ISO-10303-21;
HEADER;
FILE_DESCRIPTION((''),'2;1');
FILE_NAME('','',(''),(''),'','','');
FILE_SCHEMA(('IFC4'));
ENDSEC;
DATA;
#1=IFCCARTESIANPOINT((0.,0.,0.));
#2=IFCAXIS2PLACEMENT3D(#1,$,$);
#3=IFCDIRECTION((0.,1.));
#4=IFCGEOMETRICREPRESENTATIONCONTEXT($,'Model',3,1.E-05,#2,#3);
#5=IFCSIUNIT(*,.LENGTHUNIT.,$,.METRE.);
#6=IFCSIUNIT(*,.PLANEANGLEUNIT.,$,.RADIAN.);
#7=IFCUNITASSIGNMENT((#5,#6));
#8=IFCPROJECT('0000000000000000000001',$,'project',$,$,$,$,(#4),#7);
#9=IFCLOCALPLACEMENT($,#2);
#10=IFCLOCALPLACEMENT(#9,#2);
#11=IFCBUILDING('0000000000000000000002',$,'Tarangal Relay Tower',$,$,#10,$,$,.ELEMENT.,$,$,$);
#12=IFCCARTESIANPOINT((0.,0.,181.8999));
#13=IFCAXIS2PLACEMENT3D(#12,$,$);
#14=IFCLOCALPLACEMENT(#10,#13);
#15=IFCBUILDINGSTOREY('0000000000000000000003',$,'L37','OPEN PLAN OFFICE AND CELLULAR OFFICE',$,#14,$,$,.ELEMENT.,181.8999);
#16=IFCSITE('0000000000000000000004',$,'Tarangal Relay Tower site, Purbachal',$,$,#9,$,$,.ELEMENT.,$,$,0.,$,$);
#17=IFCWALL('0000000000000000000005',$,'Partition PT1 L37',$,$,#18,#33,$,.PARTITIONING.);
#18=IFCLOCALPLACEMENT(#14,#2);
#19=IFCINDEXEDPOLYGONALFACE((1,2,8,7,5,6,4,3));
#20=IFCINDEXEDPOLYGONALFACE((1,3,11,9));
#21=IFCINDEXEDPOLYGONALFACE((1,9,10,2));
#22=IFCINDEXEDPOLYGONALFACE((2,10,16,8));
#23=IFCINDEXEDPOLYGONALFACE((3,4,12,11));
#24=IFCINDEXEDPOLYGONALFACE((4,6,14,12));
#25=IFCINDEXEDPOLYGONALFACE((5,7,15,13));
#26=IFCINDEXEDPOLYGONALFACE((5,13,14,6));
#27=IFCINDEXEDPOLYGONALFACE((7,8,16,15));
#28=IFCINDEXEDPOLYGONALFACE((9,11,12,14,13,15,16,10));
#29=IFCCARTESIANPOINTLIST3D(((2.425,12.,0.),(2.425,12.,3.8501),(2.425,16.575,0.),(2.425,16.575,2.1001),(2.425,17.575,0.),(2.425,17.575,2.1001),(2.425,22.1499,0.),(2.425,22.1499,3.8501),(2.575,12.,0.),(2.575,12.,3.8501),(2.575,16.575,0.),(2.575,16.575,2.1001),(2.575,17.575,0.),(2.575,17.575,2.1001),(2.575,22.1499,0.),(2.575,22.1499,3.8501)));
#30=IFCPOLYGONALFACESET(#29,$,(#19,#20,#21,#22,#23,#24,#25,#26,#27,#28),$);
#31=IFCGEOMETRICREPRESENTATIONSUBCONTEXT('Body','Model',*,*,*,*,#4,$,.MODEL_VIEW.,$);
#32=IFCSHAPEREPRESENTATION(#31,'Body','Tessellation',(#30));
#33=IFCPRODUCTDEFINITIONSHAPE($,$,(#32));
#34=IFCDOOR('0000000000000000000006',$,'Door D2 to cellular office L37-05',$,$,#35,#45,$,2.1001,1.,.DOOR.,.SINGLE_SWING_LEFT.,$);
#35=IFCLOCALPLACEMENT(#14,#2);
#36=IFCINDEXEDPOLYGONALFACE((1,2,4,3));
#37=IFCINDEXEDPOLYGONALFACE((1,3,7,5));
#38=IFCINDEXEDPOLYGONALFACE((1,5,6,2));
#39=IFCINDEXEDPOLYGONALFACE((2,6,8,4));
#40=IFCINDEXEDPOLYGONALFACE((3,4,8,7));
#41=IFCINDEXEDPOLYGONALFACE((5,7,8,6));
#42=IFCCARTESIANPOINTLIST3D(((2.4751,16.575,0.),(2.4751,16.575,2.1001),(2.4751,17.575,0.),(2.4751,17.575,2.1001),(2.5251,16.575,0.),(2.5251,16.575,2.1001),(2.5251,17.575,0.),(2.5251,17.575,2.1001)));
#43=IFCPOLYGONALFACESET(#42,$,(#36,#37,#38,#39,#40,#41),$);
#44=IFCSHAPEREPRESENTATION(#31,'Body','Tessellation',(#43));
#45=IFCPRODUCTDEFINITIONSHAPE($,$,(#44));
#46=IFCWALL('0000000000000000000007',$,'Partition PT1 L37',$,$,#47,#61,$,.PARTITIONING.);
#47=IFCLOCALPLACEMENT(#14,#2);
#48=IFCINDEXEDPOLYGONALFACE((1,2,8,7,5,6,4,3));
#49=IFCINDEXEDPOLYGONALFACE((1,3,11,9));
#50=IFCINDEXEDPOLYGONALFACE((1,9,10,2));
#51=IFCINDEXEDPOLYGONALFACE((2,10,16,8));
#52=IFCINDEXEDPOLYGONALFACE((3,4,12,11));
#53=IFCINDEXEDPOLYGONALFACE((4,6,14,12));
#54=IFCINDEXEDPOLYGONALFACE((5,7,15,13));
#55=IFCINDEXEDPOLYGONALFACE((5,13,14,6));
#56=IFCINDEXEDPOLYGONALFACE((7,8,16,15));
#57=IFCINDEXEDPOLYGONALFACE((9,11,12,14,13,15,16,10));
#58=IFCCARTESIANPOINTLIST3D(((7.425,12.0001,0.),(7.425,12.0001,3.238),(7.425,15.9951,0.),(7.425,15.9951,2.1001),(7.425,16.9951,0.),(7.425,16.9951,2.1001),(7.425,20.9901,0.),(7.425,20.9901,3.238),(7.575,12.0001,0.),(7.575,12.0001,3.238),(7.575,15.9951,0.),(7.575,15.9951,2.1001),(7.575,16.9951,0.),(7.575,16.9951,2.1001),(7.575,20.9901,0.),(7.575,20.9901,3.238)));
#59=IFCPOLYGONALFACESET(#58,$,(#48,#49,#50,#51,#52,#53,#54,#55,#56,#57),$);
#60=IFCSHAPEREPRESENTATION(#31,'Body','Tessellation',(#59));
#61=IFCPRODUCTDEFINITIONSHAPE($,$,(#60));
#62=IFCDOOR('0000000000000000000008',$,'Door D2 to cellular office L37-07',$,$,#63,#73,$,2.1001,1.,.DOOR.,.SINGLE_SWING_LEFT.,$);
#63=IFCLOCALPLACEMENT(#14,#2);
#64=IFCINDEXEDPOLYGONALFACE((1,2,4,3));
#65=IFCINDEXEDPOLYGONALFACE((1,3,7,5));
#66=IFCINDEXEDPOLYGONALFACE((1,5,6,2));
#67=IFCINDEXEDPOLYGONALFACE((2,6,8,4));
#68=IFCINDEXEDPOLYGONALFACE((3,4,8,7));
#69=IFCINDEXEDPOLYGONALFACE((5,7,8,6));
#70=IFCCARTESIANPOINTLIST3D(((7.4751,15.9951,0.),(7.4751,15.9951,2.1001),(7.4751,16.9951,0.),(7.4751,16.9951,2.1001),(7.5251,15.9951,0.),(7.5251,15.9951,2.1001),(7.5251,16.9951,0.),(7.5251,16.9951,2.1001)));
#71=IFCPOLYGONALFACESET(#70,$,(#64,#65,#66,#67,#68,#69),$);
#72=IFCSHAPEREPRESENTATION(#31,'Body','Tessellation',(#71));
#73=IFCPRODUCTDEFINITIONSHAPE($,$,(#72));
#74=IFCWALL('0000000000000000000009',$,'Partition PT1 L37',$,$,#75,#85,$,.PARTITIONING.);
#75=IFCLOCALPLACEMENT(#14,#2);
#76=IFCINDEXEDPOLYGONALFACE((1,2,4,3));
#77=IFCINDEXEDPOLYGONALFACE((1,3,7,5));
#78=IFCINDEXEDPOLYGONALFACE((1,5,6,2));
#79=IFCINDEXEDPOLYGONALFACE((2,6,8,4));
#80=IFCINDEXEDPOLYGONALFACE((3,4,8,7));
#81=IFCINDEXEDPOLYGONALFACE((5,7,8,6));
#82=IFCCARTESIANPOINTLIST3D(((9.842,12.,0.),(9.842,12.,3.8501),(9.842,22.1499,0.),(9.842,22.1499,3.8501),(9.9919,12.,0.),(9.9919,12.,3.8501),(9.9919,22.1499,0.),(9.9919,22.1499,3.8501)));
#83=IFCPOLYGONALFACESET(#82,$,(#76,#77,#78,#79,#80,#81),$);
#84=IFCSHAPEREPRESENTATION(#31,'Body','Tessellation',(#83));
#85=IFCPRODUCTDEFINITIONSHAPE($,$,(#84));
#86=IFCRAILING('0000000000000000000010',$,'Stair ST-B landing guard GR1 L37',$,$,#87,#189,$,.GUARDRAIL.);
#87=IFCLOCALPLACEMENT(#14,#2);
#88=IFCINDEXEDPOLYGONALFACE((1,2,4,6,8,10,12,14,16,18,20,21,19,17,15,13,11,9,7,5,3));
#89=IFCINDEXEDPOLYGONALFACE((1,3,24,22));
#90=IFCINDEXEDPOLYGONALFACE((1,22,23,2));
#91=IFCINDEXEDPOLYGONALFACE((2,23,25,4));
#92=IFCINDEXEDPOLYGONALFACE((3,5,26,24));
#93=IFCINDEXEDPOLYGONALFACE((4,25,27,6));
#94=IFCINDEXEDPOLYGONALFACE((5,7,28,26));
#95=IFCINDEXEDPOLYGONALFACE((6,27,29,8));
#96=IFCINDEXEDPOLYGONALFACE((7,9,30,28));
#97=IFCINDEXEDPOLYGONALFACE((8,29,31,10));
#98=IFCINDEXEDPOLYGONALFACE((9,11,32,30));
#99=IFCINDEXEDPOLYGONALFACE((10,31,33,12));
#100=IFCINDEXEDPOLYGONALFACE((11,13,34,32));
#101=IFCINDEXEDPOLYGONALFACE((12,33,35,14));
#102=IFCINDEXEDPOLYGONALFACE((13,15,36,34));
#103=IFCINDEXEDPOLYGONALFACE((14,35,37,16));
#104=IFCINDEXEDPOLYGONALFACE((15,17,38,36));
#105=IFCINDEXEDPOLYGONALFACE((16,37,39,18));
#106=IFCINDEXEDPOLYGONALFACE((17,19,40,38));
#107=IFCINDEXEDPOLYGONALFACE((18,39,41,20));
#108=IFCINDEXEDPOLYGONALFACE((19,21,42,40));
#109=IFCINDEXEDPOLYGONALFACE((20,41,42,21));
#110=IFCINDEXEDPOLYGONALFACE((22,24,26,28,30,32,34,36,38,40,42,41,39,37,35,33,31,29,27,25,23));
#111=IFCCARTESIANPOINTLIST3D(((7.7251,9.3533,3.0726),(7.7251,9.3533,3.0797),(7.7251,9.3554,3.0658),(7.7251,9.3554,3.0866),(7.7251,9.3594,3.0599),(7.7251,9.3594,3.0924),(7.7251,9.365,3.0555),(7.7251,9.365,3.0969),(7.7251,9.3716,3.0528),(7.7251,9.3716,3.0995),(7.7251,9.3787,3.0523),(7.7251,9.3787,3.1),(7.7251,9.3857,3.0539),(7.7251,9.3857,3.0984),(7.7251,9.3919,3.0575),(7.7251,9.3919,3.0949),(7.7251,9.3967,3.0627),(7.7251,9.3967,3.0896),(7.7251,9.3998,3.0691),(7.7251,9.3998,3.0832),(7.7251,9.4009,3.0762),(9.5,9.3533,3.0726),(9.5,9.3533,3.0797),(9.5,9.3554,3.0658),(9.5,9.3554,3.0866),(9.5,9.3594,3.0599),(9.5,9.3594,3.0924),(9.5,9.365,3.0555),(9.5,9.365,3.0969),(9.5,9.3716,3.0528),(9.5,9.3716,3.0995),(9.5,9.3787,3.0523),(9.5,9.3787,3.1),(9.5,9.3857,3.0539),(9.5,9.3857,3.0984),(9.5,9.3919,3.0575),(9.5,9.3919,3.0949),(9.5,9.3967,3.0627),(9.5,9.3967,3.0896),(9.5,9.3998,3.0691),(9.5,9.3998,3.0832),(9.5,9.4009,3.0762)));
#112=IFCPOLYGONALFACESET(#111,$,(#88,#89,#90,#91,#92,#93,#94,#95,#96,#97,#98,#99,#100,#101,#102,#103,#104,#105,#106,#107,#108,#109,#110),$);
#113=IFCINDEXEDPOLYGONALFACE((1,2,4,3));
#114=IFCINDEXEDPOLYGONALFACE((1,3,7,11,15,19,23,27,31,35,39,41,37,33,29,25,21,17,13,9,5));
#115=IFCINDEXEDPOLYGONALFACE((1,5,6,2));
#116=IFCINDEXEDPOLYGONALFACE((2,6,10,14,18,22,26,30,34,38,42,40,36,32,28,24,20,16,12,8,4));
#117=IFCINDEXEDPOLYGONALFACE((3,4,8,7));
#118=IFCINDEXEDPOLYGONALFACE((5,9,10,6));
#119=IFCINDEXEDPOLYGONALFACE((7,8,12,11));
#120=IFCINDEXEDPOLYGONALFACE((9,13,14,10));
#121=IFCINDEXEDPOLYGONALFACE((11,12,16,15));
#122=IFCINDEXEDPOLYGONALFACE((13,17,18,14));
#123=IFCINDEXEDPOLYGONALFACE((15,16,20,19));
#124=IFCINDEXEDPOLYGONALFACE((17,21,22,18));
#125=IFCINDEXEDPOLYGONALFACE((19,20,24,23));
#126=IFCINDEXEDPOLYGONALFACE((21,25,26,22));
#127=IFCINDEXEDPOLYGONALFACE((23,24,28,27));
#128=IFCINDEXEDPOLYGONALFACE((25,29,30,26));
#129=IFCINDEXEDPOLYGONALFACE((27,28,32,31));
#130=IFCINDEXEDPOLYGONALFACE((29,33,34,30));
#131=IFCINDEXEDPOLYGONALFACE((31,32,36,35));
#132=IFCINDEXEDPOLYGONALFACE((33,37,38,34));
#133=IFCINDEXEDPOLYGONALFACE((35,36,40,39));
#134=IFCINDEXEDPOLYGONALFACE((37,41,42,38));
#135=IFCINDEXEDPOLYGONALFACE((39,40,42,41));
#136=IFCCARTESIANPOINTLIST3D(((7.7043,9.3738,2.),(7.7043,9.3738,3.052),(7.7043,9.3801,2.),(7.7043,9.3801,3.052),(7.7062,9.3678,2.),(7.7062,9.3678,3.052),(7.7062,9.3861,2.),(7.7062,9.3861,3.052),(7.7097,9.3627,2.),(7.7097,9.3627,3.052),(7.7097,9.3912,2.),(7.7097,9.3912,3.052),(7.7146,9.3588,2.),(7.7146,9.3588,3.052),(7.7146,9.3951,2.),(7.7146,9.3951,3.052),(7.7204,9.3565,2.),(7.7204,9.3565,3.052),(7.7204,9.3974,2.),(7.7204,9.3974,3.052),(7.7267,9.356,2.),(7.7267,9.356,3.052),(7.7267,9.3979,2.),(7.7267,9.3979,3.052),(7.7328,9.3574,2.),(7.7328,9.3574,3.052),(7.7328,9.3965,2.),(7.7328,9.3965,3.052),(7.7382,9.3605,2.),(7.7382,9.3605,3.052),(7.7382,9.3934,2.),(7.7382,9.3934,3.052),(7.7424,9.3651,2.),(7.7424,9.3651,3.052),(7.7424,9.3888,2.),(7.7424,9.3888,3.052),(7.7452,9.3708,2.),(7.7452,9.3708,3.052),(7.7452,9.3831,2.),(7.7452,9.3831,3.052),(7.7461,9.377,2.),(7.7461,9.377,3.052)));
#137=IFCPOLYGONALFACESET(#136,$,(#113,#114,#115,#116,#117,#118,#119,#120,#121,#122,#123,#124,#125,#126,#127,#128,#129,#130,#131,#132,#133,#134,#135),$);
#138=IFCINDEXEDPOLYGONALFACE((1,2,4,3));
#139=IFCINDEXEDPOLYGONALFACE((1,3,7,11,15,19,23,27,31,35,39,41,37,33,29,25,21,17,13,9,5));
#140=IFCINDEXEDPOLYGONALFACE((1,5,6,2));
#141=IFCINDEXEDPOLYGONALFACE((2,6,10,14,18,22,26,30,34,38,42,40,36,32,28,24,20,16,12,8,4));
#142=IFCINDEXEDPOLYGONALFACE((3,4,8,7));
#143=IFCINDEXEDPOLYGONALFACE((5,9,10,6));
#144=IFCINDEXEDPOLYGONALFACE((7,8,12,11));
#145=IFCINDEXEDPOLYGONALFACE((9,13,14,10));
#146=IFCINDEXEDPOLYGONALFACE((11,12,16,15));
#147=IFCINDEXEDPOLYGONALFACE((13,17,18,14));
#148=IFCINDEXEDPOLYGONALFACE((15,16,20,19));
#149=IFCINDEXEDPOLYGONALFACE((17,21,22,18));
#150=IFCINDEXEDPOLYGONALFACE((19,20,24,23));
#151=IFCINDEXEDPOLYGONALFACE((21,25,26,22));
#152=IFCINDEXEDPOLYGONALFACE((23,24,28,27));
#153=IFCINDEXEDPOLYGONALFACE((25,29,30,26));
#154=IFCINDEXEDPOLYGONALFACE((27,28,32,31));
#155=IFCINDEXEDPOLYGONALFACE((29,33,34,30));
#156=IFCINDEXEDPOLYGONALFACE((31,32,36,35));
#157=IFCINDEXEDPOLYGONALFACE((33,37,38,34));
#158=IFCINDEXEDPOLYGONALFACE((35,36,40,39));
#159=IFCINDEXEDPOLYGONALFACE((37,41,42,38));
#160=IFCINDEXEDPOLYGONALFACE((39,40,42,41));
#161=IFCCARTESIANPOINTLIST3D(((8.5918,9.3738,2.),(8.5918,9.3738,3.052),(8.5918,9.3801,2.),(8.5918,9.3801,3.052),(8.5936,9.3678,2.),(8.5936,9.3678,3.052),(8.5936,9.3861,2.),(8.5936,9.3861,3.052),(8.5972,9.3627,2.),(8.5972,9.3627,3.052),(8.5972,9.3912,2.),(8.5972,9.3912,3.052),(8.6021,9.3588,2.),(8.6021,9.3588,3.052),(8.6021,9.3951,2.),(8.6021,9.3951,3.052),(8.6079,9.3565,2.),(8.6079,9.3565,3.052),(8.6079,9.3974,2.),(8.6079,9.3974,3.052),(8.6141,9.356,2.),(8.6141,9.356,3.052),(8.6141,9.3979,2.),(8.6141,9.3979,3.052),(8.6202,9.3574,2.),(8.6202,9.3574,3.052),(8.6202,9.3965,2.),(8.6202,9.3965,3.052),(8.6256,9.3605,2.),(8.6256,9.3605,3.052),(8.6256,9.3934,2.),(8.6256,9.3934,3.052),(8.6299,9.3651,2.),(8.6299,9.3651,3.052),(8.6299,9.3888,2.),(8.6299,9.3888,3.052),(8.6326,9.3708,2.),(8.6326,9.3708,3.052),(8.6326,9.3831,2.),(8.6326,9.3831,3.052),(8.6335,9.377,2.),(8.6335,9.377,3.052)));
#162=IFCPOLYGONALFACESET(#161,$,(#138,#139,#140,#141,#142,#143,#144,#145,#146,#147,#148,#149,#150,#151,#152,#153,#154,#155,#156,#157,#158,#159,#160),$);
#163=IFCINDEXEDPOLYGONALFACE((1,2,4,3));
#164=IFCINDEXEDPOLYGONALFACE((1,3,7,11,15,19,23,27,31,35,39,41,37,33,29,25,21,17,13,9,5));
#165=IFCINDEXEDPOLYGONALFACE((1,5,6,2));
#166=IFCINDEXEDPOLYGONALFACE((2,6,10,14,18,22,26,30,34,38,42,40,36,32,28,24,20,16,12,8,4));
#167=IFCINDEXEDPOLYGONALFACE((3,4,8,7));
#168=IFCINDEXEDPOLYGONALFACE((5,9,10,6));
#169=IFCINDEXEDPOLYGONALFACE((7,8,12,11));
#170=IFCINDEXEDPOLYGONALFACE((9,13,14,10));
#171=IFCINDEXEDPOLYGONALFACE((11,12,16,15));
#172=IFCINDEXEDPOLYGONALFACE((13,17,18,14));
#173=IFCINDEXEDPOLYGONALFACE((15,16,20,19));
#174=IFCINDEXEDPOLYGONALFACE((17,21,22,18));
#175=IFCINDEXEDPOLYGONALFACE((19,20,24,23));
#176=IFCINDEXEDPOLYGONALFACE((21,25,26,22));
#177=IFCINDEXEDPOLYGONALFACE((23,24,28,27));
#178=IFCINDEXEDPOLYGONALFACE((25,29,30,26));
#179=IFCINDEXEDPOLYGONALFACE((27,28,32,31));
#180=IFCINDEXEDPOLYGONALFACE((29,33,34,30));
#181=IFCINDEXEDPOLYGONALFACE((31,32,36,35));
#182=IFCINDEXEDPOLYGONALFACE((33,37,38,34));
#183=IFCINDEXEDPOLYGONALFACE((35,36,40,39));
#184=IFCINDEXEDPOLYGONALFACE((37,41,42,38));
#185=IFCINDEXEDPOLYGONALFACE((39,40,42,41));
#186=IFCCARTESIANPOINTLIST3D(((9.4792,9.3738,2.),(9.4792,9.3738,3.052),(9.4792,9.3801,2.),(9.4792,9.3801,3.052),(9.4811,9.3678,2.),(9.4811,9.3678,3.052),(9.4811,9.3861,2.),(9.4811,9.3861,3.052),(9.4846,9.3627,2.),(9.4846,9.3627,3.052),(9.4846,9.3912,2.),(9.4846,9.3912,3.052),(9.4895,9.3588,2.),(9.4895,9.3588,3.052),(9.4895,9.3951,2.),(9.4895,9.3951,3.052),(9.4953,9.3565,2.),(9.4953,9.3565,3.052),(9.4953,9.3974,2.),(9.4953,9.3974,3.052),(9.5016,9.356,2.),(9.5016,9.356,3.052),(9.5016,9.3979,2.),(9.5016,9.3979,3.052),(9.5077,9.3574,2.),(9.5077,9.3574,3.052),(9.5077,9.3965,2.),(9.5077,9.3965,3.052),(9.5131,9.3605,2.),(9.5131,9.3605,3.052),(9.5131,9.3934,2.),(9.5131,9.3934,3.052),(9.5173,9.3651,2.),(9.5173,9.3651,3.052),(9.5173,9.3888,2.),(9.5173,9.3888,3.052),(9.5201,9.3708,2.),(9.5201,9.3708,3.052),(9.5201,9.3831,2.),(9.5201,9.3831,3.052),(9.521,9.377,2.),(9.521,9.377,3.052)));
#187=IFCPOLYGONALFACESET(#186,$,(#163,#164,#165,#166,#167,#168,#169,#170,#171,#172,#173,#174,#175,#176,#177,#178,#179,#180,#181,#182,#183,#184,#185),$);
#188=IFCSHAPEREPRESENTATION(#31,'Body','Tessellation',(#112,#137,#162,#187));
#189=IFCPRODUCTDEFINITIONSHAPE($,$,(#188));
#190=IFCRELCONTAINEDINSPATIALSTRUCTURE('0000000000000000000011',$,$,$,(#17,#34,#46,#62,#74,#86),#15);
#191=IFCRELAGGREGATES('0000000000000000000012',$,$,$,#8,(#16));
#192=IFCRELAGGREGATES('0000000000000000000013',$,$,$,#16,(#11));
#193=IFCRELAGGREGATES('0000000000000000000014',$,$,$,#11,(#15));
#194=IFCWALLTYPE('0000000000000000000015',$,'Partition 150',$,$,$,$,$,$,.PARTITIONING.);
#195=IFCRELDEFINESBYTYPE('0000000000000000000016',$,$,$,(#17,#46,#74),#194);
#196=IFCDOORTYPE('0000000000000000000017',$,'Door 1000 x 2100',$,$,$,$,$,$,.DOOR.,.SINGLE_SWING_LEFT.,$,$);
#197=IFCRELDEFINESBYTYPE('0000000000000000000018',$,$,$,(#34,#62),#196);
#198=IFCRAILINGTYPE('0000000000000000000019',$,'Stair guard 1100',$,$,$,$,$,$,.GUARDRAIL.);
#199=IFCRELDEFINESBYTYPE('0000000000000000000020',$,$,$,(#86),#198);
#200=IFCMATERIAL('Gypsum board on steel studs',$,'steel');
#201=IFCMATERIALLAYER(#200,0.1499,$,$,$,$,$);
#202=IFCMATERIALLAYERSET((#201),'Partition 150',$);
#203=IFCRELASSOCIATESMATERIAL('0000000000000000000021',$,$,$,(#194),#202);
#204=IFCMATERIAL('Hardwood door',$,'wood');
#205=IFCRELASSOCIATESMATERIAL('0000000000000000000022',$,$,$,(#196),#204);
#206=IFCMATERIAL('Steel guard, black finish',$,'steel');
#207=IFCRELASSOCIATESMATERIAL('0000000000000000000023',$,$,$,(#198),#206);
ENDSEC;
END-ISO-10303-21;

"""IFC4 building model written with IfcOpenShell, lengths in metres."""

from ifc_helpers import new_model, si_unit, direction, frame, frame_2d, origin, origin_2d, place, context, subcontext, project, spatial, rectangle, circle, extrude, material, layer, layer_set, type_object, element, fill, save


model = new_model("IFC4")

# Units and contexts
model_context = context("Model", 3, precision=1e-05, world=origin(), true_north=direction((0.0, 1.0)))
body_context = subcontext(model_context, "Body", "Model", "MODEL_VIEW")
ifc_project = project(units=[si_unit("LENGTHUNIT", "METRE"), si_unit("PLANEANGLEUNIT", "RADIAN")], contexts=[model_context])

# Site, building, storey
site_placement = place(None, origin())
site = spatial("IfcSite", under=ifc_project, at=site_placement, Name="Tarangal Relay Tower site, Purbachal", CompositionType="ELEMENT", RefElevation=0.0)
building_placement = place(site_placement, origin())
building = spatial("IfcBuilding", under=site, at=building_placement, Name="Tarangal Relay Tower", CompositionType="ELEMENT")
storey_placement = place(building_placement, frame((0.0, 0.0, 181.8999)))
storey = spatial("IfcBuildingStorey", under=building, at=storey_placement, Name="L37", Description="OPEN PLAN OFFICE AND CELLULAR OFFICE", CompositionType="ELEMENT", Elevation=181.8999)

# Walls, openings, doors
ifc_material_1 = material(Name="Gypsum board on steel studs", Category="steel")
ifc_layer_1 = layer(ifc_material_1, 0.1499)
ifc_layer_set_1 = layer_set([ifc_layer_1], Name="Partition 150")
wall_type_1 = type_object("IfcWallType", Name="Partition 150", PredefinedType="PARTITIONING", material=ifc_layer_set_1)
wall_1_placement = place(storey_placement, frame((2.5, 12.0, 0.0), z_axis=(0.0, 0.0, 1.0), x_axis=(0.0, 1.0, 0.0)))
wall_1 = element("IfcWall", 1, at=wall_1_placement, inside=storey, type_object=wall_type_1, Name="Partition PT1 L37", PredefinedType="PARTITIONING", context=body_context, shape_type="SweptSolid", body=[
    extrude(rectangle(XDim=10.1499, YDim=0.1499, at=frame_2d((5.075, 0.0))), origin(), (0.0, 0.0, 1.0), 3.8501),
])
opening_1_placement = place(wall_1_placement, frame((4.575, 0.0, 0.0)))
opening_1 = element("IfcOpeningElement", 2, at=opening_1_placement, cuts=wall_1, PredefinedType="OPENING", context=body_context, shape_type="SweptSolid", body=[
    extrude(rectangle(XDim=1.0, YDim=2.1001, at=frame_2d((0.5, 1.05))), frame((0.0, 0.085, 0.0), z_axis=(0.0, -1.0, 0.0), x_axis=(1.0, 0.0, 0.0)), (0.0, 0.0, 1.0), 0.1699),
])
ifc_material_2 = material(Name="Hardwood door", Category="wood")
door_type_1 = type_object("IfcDoorType", Name="Door 1000 x 2100", OperationType="SINGLE_SWING_LEFT", PredefinedType="DOOR", material=ifc_material_2)
door_1_placement = place(opening_1_placement, origin())
door_1 = element("IfcDoor", 3, at=door_1_placement, inside=storey, type_object=door_type_1, Name="Door D2 to cellular office L37-05", OperationType="SINGLE_SWING_LEFT", OverallHeight=2.1001, OverallWidth=1.0, PredefinedType="DOOR", context=body_context, shape_type="SweptSolid", body=[
    extrude(rectangle(XDim=1.0, YDim=2.1001, at=frame_2d((0.5, 1.05))), frame((0.0, 0.0249, 0.0), z_axis=(0.0, -1.0, 0.0), x_axis=(1.0, 0.0, 0.0)), (0.0, 0.0, 1.0), 0.05),
])
fill(opening_1, door_1)
wall_2_placement = place(storey_placement, frame((7.5, 12.0, 0.0), z_axis=(0.0, 0.0, 1.0), x_axis=(0.0, 1.0, 0.0)))
wall_2 = element("IfcWall", 4, at=wall_2_placement, inside=storey, type_object=wall_type_1, Name="Partition PT1 L37", PredefinedType="PARTITIONING", context=body_context, shape_type="SweptSolid", body=[
    extrude(rectangle(XDim=8.99, YDim=0.1499, at=frame_2d((4.4951, 0.0))), origin(), (0.0, 0.0, 1.0), 3.238),
])
opening_2_placement = place(wall_2_placement, frame((3.9951, 0.0, 0.0)))
opening_2 = element("IfcOpeningElement", 5, at=opening_2_placement, cuts=wall_2, PredefinedType="OPENING", context=body_context, shape_type="SweptSolid", body=[
    extrude(rectangle(XDim=1.0, YDim=2.1001, at=frame_2d((0.5, 1.05))), frame((0.0, 0.085, 0.0), z_axis=(0.0, -1.0, 0.0), x_axis=(1.0, 0.0, 0.0)), (0.0, 0.0, 1.0), 0.1699),
])
door_2_placement = place(opening_2_placement, origin())
door_2 = element("IfcDoor", 6, at=door_2_placement, inside=storey, type_object=door_type_1, Name="Door D2 to cellular office L37-07", OperationType="SINGLE_SWING_LEFT", OverallHeight=2.1001, OverallWidth=1.0, PredefinedType="DOOR", context=body_context, shape_type="SweptSolid", body=[
    extrude(rectangle(XDim=1.0, YDim=2.1001, at=frame_2d((0.5, 1.05))), frame((0.0, 0.0249, 0.0), z_axis=(0.0, -1.0, 0.0), x_axis=(1.0, 0.0, 0.0)), (0.0, 0.0, 1.0), 0.05),
])
fill(opening_2, door_2)

# Wall
wall_3_placement = place(storey_placement, frame((9.917, 12.0, 0.0), z_axis=(0.0, 0.0, 1.0), x_axis=(0.0, 1.0, 0.0)))
element("IfcWall", 7, at=wall_3_placement, inside=storey, type_object=wall_type_1, Name="Partition PT1 L37", PredefinedType="PARTITIONING", context=body_context, shape_type="SweptSolid", body=[
    extrude(rectangle(XDim=10.1499, YDim=0.1499, at=frame_2d((5.075, 0.0))), origin(), (0.0, 0.0, 1.0), 3.8501),
])

# Railing
ifc_material_3 = material(Name="Steel guard, black finish", Category="steel")
railing_type = type_object("IfcRailingType", Name="Stair guard 1100", PredefinedType="GUARDRAIL", material=ifc_material_3)
railing_placement = place(storey_placement, frame((7.7251, 9.377, 2.0)))
element("IfcRailing", 8, at=railing_placement, inside=storey, type_object=railing_type, Name="Stair ST-B landing guard GR1 L37", PredefinedType="GUARDRAIL", context=body_context, shape_type="SweptSolid", body=[
    extrude(circle(Radius=0.0239, at=origin_2d()), frame((0.0, 0.0, 1.0762), z_axis=(1.0, 0.0, 0.0), x_axis=(0.0, 1.0, 0.0)), (0.0, 0.0, 1.0), 1.7749),
    extrude(circle(Radius=0.021, at=origin_2d()), origin(), (0.0, 0.0, 1.0), 1.052),
    extrude(circle(Radius=0.021, at=origin_2d()), frame((0.8875, 0.0, 0.0)), (0.0, 0.0, 1.0), 1.052),
    extrude(circle(Radius=0.021, at=origin_2d()), frame((1.7749, 0.0, 0.0)), (0.0, 0.0, 1.0), 1.052),
])

save(model, "model.ifc")
